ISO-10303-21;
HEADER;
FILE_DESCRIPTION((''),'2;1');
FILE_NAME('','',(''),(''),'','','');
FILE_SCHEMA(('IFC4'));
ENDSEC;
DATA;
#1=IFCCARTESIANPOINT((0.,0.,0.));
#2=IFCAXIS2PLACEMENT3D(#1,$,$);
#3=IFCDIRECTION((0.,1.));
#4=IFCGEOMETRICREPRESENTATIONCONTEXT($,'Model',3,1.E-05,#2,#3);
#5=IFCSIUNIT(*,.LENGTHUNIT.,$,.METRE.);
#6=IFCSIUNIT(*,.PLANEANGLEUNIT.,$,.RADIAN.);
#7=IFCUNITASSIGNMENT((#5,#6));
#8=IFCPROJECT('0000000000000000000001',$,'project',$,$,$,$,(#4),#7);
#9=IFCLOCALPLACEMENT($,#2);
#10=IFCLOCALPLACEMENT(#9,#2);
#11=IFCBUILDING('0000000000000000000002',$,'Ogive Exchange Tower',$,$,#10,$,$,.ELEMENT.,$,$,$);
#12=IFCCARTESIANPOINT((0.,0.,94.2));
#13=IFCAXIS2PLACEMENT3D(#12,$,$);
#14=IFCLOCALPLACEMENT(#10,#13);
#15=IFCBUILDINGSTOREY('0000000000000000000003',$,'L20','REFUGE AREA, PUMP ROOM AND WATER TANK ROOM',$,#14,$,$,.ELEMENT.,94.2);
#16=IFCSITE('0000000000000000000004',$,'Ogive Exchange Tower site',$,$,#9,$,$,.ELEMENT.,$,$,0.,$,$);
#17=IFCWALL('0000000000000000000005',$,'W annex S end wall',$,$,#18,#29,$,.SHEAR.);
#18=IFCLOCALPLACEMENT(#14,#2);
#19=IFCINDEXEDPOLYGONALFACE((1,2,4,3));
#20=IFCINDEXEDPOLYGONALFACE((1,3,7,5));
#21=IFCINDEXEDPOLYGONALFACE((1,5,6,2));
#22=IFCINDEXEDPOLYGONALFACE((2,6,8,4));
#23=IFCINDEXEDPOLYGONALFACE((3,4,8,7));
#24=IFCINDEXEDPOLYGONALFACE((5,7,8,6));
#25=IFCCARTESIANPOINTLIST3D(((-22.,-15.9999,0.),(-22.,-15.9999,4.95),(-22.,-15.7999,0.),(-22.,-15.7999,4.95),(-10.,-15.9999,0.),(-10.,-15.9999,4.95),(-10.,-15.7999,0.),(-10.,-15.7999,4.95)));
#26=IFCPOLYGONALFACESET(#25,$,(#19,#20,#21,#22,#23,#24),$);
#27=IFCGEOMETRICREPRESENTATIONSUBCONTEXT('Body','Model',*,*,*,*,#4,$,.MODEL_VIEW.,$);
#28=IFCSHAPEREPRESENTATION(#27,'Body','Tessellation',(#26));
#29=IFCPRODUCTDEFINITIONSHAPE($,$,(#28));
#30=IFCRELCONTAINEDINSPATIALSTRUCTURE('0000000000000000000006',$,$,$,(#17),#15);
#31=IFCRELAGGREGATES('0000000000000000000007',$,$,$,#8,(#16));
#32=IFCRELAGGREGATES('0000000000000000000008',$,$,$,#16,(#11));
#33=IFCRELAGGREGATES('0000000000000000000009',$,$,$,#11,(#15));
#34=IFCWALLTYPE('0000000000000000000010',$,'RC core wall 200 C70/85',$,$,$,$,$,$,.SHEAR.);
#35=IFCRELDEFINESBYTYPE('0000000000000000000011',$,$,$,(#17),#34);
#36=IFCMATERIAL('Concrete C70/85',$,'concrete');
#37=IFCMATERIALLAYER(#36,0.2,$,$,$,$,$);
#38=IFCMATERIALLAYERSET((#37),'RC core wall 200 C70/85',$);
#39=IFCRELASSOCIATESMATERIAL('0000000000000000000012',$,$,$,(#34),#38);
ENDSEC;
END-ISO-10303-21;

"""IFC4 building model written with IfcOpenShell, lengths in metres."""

from ifc_helpers import new_model, si_unit, direction, frame, frame_2d, origin, place, context, subcontext, project, spatial, rectangle, extrude, material, layer, layer_set, type_object, element, save


model = new_model("IFC4")

# Units and contexts
model_context = context("Model", 3, precision=1e-05, world=origin(), true_north=direction((0.0, 1.0)))
body_context = subcontext(model_context, "Body", "Model", "MODEL_VIEW")
ifc_project = project(units=[si_unit("LENGTHUNIT", "METRE"), si_unit("PLANEANGLEUNIT", "RADIAN")], contexts=[model_context])

# Site, building, storey
site_placement = place(None, origin())
site = spatial("IfcSite", under=ifc_project, at=site_placement, Name="Ogive Exchange Tower site", CompositionType="ELEMENT", RefElevation=0.0)
building_placement = place(site_placement, origin())
building = spatial("IfcBuilding", under=site, at=building_placement, Name="Ogive Exchange Tower", CompositionType="ELEMENT")
storey_placement = place(building_placement, frame((0.0, 0.0, 94.2)))
storey = spatial("IfcBuildingStorey", under=building, at=storey_placement, Name="L20", Description="REFUGE AREA, PUMP ROOM AND WATER TANK ROOM", CompositionType="ELEMENT", Elevation=94.2)

# Shared definitions
ifc_material_1 = material(Name="Concrete C70/85", Category="concrete")
ifc_layer_1 = layer(ifc_material_1, 0.2)
ifc_layer_set_1 = layer_set([ifc_layer_1], Name="RC core wall 200 C70/85")
wall_type_1 = type_object("IfcWallType", Name="RC core wall 200 C70/85", PredefinedType="SHEAR", material=ifc_layer_set_1)

# Wall
wall_1_placement = place(storey_placement, frame((-22.0, -15.8999, 0.0), z_axis=(0.0, 0.0, 1.0), x_axis=(1.0, 0.0, 0.0)))
element("IfcWall", 1, at=wall_1_placement, inside=storey, type_object=wall_type_1, Name="W annex S end wall", PredefinedType="SHEAR", context=body_context, shape_type="SweptSolid", body=[
    extrude(rectangle(XDim=12.0, YDim=0.2, at=frame_2d((6.0, 0.0))), origin(), (0.0, 0.0, 1.0), 4.95),
])

save(model, "model.ifc")
